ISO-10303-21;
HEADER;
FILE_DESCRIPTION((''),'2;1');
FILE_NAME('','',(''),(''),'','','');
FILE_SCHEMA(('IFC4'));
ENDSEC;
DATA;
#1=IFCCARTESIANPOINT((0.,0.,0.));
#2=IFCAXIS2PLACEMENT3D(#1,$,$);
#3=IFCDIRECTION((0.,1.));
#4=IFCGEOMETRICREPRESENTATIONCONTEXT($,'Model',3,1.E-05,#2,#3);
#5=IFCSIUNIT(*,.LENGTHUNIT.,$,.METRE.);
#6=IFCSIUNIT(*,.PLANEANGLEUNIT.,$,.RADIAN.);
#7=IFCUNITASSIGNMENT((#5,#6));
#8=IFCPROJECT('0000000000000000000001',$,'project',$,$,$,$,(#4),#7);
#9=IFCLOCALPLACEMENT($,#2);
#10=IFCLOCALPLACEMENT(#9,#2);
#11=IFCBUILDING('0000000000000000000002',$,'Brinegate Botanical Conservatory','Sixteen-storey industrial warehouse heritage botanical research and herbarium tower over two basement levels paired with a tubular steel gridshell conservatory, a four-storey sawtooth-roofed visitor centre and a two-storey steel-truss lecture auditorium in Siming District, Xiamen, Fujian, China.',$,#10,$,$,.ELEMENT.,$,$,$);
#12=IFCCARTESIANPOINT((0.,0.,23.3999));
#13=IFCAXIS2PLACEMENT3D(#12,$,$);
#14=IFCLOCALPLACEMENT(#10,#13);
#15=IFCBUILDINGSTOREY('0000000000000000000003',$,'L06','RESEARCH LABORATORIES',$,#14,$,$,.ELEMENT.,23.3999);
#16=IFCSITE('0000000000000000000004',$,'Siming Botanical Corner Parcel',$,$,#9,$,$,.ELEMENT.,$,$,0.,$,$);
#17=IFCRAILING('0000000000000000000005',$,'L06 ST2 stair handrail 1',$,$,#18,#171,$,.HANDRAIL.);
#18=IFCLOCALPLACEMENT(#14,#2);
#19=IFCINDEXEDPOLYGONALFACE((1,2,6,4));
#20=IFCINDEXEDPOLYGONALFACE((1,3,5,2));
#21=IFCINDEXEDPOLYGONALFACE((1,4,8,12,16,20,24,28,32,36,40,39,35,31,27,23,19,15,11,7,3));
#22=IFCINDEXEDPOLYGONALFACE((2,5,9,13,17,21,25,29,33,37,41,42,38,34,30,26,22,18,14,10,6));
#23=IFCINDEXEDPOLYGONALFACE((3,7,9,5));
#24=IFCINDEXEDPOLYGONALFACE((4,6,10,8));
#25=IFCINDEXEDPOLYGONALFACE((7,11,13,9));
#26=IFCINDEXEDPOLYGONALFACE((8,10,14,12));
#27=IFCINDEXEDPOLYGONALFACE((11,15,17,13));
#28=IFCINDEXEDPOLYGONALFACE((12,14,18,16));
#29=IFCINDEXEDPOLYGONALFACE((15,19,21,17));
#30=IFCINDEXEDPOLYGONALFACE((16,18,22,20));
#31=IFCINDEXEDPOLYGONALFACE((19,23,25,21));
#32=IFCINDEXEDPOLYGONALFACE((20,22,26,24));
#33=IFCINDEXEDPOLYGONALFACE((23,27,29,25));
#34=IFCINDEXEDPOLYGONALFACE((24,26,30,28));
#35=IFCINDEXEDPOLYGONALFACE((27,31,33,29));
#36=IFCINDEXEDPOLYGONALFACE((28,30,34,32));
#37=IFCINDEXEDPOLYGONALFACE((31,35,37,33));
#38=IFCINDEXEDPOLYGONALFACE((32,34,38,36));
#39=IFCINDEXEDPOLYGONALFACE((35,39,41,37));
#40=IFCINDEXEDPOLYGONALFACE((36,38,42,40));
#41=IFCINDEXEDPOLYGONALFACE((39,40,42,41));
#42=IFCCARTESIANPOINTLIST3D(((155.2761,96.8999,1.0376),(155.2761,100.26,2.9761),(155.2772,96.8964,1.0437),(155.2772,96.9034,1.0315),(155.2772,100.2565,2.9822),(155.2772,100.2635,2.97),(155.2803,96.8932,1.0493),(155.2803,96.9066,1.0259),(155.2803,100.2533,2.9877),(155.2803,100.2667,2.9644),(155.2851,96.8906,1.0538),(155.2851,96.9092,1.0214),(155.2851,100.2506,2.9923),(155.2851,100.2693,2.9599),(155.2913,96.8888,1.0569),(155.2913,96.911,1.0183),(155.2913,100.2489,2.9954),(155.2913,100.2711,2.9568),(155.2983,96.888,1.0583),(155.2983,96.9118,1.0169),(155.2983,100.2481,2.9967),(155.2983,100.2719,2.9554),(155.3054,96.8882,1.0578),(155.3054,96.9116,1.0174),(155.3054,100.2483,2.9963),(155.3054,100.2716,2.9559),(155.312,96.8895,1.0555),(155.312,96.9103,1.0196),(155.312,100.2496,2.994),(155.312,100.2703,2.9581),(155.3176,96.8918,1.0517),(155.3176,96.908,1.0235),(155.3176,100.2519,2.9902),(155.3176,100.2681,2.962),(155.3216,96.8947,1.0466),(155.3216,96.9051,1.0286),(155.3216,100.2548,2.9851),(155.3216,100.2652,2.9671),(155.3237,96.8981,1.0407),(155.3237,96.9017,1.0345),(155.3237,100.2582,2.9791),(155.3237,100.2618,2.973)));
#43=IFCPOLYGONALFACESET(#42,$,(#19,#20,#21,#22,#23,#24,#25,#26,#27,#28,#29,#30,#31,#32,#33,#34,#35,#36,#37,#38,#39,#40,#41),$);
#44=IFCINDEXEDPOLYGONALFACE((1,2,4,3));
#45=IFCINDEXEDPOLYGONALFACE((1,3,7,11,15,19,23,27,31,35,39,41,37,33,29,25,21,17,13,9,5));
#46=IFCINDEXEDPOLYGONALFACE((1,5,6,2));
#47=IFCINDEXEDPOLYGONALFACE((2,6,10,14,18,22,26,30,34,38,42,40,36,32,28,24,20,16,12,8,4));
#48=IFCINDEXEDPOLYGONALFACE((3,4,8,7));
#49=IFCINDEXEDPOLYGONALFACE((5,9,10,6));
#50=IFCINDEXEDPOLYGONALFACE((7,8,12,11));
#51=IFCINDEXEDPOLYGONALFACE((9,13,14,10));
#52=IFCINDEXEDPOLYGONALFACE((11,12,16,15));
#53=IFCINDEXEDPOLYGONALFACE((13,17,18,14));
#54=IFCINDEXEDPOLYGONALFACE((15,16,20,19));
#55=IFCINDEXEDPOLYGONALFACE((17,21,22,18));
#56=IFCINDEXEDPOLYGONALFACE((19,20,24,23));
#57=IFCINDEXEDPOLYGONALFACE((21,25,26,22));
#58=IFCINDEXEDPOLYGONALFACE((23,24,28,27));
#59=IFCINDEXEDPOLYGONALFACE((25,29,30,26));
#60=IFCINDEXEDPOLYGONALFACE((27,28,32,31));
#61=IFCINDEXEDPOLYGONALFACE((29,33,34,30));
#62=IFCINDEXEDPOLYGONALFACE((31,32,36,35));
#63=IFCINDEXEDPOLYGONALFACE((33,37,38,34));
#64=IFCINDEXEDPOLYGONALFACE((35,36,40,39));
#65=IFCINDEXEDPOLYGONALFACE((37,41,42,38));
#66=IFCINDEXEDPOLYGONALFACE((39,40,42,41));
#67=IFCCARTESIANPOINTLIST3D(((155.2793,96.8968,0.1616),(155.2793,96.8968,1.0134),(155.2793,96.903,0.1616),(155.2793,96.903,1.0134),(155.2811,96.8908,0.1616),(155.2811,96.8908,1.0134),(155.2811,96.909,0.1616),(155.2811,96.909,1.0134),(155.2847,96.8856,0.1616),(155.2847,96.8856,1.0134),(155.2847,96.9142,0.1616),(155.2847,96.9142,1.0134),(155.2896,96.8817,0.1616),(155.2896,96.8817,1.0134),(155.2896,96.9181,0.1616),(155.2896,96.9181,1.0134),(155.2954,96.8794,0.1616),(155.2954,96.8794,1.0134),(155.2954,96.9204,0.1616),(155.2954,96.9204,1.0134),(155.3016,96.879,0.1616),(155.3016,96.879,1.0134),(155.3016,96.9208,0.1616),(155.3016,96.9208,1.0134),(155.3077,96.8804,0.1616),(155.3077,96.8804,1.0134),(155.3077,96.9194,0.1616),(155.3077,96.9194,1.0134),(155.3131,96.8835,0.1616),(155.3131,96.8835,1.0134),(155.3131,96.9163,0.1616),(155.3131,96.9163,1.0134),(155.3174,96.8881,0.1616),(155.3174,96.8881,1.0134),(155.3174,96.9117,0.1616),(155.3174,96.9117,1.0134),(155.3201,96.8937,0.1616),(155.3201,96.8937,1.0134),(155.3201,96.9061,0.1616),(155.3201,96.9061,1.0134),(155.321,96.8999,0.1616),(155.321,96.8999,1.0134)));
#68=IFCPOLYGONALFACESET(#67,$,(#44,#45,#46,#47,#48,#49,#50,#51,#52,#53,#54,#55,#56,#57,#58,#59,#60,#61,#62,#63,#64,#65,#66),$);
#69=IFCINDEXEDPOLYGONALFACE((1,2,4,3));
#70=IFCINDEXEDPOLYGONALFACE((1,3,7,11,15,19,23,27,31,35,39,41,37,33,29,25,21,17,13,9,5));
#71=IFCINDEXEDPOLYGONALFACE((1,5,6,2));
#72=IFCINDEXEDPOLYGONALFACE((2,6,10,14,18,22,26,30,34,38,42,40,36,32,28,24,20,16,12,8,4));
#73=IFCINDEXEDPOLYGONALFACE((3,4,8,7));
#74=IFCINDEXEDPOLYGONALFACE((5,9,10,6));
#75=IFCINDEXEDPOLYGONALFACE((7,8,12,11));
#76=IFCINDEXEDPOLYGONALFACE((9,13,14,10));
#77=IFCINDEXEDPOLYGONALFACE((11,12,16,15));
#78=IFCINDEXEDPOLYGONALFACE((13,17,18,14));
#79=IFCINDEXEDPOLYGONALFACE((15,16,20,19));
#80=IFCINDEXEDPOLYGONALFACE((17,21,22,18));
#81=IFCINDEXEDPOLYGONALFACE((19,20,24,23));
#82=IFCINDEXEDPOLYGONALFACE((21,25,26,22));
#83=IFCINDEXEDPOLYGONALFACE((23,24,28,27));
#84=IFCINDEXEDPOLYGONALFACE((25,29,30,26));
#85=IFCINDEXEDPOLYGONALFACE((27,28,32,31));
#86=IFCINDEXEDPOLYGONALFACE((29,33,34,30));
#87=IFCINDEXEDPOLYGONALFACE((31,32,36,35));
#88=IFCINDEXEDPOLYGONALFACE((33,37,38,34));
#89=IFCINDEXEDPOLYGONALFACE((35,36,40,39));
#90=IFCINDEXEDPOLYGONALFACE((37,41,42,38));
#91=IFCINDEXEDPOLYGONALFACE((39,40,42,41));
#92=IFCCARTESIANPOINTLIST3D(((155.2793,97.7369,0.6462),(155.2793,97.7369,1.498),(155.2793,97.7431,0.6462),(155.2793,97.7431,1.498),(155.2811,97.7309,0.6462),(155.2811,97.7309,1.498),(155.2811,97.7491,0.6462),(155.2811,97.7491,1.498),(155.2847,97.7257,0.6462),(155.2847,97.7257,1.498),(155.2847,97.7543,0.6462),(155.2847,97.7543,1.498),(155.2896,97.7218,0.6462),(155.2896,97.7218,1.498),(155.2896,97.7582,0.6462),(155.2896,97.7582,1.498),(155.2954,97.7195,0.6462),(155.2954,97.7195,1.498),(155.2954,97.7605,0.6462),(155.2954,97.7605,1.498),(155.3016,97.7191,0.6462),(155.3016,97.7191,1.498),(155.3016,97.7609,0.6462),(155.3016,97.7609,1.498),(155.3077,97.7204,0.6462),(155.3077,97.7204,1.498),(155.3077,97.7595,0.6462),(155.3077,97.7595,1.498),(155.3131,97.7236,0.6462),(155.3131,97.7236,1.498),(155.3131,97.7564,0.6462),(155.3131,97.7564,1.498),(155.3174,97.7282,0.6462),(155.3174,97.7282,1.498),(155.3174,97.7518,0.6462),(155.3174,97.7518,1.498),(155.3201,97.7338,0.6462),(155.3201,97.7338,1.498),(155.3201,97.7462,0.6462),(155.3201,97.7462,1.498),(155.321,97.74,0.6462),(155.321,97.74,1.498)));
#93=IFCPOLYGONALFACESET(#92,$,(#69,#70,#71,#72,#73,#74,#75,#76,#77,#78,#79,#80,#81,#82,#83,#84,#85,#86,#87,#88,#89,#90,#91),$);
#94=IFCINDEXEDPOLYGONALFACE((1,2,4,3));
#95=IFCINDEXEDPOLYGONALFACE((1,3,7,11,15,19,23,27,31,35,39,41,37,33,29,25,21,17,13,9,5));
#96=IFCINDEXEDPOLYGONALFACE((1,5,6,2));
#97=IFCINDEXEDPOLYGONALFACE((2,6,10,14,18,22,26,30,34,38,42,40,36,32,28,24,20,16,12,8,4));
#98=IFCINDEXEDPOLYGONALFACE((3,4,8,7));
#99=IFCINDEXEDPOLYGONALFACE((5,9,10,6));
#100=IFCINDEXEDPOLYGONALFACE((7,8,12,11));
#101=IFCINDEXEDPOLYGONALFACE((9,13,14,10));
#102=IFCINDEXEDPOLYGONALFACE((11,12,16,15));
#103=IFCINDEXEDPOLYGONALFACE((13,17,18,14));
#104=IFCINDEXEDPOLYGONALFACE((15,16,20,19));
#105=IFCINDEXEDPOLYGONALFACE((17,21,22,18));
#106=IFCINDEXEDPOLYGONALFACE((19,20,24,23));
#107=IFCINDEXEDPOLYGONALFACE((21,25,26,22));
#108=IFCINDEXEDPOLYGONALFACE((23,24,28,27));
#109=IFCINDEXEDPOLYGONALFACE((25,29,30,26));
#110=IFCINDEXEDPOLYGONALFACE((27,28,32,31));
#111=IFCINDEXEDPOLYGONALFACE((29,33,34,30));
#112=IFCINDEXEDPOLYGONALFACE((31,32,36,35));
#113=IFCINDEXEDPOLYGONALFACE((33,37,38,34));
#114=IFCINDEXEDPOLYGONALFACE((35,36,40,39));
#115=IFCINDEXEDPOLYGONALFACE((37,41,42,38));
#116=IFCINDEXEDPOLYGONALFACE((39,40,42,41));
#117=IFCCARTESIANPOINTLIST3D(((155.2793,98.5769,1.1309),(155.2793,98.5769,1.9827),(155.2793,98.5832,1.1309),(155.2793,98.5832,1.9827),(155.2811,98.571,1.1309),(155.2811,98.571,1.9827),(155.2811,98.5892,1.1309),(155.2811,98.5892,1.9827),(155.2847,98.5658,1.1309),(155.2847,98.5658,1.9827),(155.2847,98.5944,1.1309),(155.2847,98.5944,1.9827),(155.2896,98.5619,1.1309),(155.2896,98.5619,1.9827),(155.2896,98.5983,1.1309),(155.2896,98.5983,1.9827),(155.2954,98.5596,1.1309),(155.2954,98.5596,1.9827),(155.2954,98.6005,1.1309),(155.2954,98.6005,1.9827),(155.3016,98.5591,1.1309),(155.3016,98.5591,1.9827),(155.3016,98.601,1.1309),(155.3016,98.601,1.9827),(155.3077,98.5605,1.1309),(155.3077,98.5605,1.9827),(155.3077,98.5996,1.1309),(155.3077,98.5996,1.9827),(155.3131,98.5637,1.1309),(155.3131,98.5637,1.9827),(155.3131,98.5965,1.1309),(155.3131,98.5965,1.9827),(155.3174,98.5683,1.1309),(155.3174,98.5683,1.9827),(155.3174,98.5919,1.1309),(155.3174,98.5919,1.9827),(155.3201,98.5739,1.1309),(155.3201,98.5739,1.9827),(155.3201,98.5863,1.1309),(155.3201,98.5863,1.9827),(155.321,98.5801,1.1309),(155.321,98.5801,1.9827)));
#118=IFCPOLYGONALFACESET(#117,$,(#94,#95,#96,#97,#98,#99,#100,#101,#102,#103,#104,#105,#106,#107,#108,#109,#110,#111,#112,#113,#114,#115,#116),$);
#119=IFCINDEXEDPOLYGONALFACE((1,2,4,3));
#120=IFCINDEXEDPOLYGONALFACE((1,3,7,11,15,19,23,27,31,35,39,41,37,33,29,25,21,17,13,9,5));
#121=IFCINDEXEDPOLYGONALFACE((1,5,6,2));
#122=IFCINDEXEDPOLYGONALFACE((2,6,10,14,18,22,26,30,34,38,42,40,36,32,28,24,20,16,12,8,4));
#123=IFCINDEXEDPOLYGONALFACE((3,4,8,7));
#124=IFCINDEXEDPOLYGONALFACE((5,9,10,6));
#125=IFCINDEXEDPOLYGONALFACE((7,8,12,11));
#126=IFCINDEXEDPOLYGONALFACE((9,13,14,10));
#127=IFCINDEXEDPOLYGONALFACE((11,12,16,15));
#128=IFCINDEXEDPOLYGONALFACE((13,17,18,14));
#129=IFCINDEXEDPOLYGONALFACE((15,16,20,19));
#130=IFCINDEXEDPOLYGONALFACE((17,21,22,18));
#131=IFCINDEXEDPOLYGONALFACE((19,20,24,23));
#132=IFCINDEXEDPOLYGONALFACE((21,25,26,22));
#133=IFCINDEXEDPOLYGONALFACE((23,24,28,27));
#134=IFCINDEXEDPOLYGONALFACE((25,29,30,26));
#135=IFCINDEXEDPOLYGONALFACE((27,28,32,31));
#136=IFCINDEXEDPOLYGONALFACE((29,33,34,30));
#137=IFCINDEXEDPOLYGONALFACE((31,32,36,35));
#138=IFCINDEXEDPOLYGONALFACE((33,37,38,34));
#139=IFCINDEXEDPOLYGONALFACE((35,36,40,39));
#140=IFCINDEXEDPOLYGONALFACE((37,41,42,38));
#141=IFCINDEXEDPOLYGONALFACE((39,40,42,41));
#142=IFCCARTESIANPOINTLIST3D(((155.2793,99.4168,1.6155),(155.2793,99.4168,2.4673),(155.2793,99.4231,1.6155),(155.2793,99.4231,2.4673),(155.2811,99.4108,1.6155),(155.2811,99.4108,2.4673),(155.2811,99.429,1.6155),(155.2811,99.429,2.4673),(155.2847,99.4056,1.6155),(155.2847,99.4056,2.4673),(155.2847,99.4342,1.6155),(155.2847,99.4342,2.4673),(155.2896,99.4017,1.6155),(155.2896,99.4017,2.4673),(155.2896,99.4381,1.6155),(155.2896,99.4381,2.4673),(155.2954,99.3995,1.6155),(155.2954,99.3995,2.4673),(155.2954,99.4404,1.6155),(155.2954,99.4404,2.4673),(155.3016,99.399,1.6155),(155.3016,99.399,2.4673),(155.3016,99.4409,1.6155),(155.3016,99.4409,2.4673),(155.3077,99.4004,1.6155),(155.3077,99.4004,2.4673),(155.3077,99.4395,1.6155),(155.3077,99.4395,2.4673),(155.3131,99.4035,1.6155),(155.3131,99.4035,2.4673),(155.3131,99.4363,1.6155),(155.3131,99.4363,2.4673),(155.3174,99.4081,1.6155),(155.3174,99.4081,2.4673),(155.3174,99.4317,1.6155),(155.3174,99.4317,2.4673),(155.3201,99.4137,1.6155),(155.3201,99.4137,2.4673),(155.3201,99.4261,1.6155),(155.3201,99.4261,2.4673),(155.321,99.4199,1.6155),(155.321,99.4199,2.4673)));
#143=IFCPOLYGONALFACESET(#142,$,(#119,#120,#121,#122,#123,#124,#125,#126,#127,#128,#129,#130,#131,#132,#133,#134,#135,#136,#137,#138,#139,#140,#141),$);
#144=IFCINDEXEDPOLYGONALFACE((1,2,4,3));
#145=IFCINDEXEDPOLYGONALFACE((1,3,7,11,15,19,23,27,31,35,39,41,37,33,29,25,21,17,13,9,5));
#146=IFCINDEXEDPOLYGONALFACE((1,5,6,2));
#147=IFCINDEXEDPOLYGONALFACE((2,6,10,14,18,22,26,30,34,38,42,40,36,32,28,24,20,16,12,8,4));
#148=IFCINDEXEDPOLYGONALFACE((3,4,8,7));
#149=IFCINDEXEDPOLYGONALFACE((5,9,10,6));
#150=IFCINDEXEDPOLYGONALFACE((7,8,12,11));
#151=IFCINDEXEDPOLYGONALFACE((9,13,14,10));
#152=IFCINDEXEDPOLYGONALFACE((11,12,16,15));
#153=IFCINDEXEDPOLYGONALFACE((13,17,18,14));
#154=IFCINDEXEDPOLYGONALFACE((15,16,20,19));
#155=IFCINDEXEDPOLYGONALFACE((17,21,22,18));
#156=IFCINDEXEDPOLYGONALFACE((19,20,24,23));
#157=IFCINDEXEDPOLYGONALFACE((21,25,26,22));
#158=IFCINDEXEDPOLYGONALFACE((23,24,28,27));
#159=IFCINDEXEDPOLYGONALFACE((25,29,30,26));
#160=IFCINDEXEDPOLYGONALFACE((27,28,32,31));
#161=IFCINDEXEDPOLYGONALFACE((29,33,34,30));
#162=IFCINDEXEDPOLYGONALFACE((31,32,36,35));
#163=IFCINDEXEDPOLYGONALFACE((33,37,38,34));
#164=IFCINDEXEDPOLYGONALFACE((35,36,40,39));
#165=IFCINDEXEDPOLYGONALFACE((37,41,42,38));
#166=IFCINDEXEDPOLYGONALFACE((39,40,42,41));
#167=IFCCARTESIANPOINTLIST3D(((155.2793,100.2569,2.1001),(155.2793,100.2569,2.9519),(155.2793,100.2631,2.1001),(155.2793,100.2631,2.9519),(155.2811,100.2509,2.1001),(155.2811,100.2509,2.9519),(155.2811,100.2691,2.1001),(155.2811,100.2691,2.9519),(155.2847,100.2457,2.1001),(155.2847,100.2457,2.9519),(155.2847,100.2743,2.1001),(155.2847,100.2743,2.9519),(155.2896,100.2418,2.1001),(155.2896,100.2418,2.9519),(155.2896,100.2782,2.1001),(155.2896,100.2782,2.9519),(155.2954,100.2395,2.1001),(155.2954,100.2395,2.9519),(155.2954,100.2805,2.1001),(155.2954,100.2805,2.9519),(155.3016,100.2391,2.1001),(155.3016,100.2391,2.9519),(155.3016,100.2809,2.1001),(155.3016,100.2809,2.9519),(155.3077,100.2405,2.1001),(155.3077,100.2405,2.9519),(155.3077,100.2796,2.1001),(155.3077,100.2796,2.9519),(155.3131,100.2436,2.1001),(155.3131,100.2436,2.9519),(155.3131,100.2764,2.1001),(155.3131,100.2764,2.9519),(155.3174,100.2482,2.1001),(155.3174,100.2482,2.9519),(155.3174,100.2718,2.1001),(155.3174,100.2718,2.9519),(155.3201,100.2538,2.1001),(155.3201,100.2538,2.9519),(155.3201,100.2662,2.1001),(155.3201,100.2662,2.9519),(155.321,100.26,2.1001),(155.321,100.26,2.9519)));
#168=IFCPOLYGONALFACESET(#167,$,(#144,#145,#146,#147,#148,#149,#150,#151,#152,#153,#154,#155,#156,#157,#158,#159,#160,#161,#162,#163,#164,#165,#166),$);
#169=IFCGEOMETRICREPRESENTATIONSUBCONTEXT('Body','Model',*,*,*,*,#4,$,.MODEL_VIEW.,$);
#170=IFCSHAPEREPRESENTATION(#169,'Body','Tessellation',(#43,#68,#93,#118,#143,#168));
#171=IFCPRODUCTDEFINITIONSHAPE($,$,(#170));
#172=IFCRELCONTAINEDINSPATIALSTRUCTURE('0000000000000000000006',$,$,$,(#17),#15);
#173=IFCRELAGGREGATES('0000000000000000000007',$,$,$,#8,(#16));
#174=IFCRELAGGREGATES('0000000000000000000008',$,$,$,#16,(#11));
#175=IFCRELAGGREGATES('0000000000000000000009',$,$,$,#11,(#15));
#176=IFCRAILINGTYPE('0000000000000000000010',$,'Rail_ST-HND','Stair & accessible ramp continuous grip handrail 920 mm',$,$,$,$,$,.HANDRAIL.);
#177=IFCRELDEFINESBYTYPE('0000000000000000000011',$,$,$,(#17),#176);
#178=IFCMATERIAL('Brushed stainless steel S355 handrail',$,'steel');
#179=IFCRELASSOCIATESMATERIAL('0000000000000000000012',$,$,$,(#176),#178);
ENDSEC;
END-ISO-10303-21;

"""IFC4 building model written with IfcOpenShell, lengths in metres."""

from ifc_helpers import new_model, si_unit, direction, frame, origin, origin_2d, place, context, subcontext, project, spatial, circle, extrude, material, type_object, element, save


model = new_model("IFC4")

# Units and contexts
model_context = context("Model", 3, precision=1e-05, world=origin(), true_north=direction((0.0, 1.0)))
body_context = subcontext(model_context, "Body", "Model", "MODEL_VIEW")
ifc_project = project(units=[si_unit("LENGTHUNIT", "METRE"), si_unit("PLANEANGLEUNIT", "RADIAN")], contexts=[model_context])

# Site, building, storey
site_placement = place(None, origin())
site = spatial("IfcSite", under=ifc_project, at=site_placement, Name="Siming Botanical Corner Parcel", CompositionType="ELEMENT", RefElevation=0.0)
building_placement = place(site_placement, origin())
building = spatial("IfcBuilding", under=site, at=building_placement, Name="Brinegate Botanical Conservatory", Description="Sixteen-storey industrial warehouse heritage botanical research and herbarium tower over two basement levels paired with a tubular steel gridshell conservatory, a four-storey sawtooth-roofed visitor centre and a two-storey steel-truss lecture auditorium in Siming District, Xiamen, Fujian, China.", CompositionType="ELEMENT")
storey_placement = place(building_placement, frame((0.0, 0.0, 23.3999)))
storey = spatial("IfcBuildingStorey", under=building, at=storey_placement, Name="L06", Description="RESEARCH LABORATORIES", CompositionType="ELEMENT", Elevation=23.3999)

# Railing
ifc_material_1 = material(Name="Brushed stainless steel S355 handrail", Category="steel")
railing_type_1 = type_object("IfcRailingType", Name="Rail_ST-HND", Description="Stair & accessible ramp continuous grip handrail 920 mm", PredefinedType="HANDRAIL", material=ifc_material_1)
railing_1_placement = place(storey_placement, frame((155.3, 96.8999, 0.1616)))
element("IfcRailing", 1, at=railing_1_placement, inside=storey, type_object=railing_type_1, Name="L06 ST2 stair handrail 1", PredefinedType="HANDRAIL", context=body_context, shape_type="SweptSolid", body=[
    extrude(circle(Radius=0.0239, at=origin_2d()), frame((0.0, 0.0, 0.876), z_axis=(0.0, 0.866191, 0.499713), x_axis=(-1.0, 0.0, 0.0)), (0.0, 0.0, 1.0), 3.8792),
    extrude(circle(Radius=0.021, at=origin_2d()), origin(), (0.0, 0.0, 1.0), 0.8518),
    extrude(circle(Radius=0.021, at=origin_2d()), frame((0.0, 0.8401, 0.4846)), (0.0, 0.0, 1.0), 0.8518),
    extrude(circle(Radius=0.021, at=origin_2d()), frame((0.0, 1.6802, 0.9692)), (0.0, 0.0, 1.0), 0.8518),
    extrude(circle(Radius=0.021, at=origin_2d()), frame((0.0, 2.52, 1.4539)), (0.0, 0.0, 1.0), 0.8518),
    extrude(circle(Radius=0.021, at=origin_2d()), frame((0.0, 3.3601, 1.9385)), (0.0, 0.0, 1.0), 0.8518),
])

save(model, "model.ifc")
